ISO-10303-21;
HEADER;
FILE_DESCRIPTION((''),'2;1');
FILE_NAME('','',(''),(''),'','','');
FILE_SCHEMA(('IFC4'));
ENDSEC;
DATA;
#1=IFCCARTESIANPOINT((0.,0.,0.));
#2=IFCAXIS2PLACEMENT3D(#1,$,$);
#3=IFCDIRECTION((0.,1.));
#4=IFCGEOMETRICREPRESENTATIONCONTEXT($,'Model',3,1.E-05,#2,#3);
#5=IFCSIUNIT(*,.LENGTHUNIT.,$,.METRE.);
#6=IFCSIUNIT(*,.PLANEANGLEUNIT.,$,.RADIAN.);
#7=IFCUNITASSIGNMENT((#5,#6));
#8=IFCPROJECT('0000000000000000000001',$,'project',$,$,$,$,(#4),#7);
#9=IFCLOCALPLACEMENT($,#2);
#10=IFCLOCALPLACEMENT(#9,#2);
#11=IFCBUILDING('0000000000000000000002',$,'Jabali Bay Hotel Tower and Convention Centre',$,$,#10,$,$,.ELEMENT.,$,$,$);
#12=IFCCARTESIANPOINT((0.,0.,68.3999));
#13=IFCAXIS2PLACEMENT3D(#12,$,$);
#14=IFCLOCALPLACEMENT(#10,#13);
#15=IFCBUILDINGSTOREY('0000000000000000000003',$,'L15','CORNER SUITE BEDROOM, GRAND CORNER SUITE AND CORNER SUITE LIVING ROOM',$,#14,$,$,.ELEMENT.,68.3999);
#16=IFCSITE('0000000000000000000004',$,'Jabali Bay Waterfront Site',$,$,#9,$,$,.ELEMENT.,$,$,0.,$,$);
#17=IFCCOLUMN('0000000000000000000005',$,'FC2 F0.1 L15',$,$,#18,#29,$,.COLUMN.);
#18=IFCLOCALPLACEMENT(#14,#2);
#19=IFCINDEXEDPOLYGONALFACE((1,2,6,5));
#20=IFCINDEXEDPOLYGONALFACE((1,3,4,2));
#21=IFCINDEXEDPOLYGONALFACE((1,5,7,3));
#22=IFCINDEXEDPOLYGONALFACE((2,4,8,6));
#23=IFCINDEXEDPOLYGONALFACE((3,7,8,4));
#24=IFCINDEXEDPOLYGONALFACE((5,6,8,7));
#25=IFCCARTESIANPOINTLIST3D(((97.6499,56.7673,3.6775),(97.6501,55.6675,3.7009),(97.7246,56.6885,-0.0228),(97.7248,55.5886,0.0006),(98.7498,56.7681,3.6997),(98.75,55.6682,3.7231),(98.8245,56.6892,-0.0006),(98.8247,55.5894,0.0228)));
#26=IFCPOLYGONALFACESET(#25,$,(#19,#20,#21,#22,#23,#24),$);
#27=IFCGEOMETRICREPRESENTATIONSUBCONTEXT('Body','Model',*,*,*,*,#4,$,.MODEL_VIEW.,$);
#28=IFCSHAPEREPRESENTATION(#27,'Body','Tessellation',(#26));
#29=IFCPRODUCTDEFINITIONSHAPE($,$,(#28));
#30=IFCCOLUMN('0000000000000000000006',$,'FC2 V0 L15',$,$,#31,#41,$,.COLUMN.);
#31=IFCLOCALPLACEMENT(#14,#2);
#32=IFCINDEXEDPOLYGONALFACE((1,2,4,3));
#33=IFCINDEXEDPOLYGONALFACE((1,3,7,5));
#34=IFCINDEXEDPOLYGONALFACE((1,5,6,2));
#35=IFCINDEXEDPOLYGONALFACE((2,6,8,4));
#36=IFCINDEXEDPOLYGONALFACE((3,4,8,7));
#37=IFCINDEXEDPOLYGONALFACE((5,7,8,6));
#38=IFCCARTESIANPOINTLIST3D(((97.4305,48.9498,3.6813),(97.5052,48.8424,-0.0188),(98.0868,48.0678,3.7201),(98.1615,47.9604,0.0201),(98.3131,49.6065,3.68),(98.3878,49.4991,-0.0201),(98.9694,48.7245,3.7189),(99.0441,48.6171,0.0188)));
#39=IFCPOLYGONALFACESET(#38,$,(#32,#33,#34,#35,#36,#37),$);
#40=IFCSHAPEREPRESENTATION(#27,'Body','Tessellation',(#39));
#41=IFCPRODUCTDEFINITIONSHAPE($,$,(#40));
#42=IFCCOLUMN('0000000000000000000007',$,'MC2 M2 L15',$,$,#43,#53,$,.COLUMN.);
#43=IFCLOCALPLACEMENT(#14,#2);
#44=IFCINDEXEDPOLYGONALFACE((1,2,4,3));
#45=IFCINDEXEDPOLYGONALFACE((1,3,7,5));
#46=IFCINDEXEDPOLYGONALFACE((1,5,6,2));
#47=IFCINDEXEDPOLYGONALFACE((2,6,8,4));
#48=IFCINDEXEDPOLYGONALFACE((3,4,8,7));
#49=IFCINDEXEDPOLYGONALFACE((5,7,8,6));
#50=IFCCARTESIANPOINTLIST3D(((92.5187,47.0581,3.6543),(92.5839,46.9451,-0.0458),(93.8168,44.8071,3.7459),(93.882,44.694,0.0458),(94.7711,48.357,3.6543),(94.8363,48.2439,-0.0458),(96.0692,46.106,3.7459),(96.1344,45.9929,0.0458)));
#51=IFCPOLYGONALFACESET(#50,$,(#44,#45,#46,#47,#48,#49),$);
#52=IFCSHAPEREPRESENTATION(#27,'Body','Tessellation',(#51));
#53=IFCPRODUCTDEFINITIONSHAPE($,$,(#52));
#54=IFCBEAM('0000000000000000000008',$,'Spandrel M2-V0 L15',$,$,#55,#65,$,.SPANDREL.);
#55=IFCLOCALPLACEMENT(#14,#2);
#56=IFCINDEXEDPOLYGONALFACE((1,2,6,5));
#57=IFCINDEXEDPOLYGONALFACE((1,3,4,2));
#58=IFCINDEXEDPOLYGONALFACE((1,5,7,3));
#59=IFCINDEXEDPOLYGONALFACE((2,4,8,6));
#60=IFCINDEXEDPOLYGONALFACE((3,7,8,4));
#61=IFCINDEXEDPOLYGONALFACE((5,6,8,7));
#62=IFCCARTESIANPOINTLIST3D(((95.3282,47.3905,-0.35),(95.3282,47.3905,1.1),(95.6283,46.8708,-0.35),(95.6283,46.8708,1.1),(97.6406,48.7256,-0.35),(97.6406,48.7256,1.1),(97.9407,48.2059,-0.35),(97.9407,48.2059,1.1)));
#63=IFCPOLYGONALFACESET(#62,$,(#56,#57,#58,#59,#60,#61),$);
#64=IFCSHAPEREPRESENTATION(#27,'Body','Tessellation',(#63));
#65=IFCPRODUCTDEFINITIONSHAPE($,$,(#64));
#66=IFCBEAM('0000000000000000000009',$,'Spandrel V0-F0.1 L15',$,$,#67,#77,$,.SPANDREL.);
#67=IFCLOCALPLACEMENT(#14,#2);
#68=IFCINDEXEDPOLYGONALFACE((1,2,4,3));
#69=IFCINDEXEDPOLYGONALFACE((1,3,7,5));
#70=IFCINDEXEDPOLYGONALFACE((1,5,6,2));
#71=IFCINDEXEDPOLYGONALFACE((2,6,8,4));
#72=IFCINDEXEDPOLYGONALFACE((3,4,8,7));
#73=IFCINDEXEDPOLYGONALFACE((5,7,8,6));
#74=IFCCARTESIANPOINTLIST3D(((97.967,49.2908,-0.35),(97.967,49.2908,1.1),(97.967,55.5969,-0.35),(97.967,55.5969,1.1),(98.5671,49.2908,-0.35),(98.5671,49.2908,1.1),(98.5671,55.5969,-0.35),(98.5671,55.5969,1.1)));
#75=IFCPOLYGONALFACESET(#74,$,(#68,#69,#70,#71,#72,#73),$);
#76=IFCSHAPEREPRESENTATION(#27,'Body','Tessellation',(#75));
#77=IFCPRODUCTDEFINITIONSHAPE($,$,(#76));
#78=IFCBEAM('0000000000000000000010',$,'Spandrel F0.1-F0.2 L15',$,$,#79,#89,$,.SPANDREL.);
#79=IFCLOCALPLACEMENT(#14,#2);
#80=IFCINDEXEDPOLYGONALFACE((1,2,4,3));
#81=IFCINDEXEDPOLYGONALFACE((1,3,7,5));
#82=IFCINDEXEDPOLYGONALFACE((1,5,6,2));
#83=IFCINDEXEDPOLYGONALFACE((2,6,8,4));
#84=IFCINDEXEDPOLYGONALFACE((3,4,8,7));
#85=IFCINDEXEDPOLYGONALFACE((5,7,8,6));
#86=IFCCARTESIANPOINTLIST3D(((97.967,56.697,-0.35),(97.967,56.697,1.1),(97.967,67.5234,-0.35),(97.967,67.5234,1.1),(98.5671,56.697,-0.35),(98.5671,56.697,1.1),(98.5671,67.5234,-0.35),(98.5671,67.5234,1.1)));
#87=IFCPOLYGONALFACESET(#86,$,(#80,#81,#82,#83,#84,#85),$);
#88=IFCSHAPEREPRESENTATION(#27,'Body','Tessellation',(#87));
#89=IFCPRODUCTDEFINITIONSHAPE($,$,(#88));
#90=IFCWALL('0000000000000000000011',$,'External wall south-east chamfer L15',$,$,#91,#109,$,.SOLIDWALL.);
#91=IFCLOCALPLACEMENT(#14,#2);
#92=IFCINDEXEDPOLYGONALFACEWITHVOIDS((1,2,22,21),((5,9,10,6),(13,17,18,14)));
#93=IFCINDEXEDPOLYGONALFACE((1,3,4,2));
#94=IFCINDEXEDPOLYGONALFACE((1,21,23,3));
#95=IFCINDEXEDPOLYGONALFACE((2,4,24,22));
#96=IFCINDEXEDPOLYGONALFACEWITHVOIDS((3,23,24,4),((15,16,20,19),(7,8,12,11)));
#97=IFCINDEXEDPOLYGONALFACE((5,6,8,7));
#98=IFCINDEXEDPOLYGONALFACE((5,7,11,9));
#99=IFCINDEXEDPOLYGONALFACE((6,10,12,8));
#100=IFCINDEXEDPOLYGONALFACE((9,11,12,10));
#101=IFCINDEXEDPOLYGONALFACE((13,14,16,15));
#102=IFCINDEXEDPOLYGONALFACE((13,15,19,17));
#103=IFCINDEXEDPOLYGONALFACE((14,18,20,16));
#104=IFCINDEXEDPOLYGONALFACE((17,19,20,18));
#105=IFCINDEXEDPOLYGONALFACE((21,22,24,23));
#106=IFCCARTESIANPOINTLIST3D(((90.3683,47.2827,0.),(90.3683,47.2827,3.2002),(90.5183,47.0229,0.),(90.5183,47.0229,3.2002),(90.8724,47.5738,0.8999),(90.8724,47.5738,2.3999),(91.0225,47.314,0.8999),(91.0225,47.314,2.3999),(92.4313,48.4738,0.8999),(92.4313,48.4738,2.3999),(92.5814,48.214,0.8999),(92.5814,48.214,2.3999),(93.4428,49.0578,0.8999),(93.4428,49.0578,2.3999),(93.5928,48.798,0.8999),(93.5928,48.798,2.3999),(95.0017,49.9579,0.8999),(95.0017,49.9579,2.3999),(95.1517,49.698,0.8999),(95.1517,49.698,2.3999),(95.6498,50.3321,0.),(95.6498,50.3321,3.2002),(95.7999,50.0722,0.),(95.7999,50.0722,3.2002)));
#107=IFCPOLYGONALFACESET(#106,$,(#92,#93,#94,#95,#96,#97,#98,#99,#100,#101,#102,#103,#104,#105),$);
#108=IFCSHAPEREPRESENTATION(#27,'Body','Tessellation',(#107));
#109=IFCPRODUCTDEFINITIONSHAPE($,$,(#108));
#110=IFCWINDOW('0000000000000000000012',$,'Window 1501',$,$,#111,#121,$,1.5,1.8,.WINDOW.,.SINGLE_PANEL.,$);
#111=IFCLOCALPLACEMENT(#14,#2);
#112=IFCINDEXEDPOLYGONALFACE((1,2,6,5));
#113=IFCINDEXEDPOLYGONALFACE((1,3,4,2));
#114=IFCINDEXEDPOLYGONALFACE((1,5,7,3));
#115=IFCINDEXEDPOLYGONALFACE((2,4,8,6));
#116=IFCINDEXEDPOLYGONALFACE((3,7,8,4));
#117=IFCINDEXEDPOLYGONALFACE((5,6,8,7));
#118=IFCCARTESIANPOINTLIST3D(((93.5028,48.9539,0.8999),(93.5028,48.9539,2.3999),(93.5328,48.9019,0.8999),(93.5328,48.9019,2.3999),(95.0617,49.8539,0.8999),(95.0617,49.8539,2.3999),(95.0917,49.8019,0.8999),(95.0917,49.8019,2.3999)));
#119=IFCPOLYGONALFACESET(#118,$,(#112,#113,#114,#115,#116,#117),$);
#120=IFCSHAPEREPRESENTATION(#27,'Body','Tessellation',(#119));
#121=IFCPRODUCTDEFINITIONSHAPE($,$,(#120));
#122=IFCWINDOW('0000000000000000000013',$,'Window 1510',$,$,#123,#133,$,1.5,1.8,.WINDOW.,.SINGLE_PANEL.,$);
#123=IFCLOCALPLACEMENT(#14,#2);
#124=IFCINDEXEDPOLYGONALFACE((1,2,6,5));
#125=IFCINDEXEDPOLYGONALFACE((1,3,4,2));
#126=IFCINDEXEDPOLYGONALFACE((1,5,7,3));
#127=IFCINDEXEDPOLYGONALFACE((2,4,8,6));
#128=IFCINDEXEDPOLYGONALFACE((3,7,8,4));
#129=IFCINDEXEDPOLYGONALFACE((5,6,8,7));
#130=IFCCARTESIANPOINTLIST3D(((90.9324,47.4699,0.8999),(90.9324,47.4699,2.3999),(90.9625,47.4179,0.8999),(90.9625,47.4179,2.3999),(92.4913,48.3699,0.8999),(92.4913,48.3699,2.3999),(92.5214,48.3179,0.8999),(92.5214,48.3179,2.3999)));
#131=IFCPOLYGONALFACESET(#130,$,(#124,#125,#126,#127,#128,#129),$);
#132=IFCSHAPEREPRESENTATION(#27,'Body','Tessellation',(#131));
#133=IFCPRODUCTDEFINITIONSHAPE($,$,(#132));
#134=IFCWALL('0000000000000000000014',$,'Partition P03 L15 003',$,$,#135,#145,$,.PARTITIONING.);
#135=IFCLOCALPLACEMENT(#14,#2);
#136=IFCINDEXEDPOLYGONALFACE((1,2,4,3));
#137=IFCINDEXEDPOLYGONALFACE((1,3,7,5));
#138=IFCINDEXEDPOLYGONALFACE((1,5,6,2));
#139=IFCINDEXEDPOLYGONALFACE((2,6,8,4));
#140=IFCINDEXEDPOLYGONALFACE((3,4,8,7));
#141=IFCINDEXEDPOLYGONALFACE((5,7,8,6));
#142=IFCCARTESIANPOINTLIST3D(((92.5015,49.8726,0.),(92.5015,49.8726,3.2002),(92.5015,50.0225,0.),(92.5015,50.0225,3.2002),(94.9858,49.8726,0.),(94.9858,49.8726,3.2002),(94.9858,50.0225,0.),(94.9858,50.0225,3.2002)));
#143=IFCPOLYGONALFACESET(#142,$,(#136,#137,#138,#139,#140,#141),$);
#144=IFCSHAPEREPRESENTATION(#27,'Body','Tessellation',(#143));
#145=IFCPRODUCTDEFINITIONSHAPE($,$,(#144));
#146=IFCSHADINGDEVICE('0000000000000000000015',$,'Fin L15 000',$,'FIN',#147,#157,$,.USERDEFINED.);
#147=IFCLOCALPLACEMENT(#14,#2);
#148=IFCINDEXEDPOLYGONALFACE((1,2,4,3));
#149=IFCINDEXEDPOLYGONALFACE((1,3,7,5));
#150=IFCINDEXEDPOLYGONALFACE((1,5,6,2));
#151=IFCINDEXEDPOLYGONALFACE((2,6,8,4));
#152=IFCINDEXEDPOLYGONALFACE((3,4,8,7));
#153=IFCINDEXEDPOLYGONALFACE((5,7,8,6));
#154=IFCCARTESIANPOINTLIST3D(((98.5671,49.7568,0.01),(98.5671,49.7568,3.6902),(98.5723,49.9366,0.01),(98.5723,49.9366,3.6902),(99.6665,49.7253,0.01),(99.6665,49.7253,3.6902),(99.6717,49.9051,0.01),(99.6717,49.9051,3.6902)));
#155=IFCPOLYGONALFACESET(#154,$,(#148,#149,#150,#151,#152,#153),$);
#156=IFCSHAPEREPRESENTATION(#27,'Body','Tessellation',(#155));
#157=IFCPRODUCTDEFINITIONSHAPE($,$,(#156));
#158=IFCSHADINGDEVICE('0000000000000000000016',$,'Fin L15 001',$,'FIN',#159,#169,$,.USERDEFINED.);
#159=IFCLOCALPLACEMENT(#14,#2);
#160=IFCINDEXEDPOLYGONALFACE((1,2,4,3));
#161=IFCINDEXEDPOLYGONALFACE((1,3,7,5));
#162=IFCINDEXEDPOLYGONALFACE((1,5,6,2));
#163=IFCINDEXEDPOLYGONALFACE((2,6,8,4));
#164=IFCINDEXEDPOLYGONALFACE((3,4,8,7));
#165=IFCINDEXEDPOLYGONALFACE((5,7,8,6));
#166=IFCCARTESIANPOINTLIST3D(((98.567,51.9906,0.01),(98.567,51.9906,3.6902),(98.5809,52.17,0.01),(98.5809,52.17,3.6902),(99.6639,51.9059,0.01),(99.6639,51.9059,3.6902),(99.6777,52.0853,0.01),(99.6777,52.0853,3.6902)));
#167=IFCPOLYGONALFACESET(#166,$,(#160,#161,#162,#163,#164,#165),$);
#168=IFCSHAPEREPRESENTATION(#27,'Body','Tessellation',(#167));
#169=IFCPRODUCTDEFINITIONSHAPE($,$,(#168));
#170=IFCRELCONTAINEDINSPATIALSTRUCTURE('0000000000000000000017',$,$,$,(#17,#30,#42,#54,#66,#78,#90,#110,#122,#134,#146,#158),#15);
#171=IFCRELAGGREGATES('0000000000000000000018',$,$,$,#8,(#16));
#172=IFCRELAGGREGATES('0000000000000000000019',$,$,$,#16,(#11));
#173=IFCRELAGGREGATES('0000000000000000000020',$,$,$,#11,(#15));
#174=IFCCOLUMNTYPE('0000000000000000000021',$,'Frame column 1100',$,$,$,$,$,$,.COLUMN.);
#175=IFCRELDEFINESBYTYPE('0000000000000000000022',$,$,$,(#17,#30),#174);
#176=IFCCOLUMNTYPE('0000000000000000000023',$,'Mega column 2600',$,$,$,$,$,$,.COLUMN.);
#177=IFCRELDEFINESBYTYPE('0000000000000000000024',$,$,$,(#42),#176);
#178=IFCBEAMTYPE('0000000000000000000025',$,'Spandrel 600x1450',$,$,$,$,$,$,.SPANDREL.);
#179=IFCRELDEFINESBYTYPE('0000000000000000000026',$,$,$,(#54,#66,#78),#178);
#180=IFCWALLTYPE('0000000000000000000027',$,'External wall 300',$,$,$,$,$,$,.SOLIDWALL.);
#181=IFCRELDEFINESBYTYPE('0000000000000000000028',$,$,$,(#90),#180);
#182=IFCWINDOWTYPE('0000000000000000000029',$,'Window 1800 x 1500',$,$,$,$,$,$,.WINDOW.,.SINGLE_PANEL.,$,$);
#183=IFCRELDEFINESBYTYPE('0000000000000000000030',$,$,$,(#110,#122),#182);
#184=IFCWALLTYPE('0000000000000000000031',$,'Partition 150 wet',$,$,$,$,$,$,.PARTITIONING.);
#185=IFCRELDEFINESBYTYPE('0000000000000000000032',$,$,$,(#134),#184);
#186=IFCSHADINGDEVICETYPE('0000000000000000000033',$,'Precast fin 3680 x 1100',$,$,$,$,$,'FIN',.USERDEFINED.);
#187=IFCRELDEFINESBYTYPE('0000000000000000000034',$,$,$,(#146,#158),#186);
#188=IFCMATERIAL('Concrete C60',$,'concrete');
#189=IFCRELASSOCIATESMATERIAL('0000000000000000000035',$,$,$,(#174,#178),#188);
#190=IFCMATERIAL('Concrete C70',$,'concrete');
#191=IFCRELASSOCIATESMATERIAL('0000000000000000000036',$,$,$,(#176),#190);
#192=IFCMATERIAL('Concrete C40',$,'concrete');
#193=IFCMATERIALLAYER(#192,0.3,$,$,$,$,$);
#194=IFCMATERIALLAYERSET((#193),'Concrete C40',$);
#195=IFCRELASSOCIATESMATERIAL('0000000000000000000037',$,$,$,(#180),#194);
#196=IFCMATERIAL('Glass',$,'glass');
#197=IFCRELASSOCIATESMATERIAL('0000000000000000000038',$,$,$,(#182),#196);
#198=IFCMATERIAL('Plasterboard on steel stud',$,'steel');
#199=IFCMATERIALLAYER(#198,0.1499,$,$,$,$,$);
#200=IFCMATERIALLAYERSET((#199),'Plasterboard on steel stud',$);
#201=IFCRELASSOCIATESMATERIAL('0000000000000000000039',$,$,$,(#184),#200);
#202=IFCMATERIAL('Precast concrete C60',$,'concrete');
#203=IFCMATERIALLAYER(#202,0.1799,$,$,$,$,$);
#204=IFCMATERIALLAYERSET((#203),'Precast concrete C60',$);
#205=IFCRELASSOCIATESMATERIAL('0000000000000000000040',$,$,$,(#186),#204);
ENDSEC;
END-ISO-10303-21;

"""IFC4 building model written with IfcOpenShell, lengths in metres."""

from ifc_helpers import new_model, si_unit, direction, frame, frame_2d, origin, origin_2d, place, context, subcontext, project, spatial, rectangle, extrude, material, layer, layer_set, material_profile, profile_set, type_object, element, fill, save


model = new_model("IFC4")

# Units and contexts
model_context = context("Model", 3, precision=1e-05, world=origin(), true_north=direction((0.0, 1.0)))
body_context = subcontext(model_context, "Body", "Model", "MODEL_VIEW")
ifc_project = project(units=[si_unit("LENGTHUNIT", "METRE"), si_unit("PLANEANGLEUNIT", "RADIAN")], contexts=[model_context])

# Site, building, storey
site_placement = place(None, origin())
site = spatial("IfcSite", under=ifc_project, at=site_placement, Name="Jabali Bay Waterfront Site", CompositionType="ELEMENT", RefElevation=0.0)
building_placement = place(site_placement, origin())
building = spatial("IfcBuilding", under=site, at=building_placement, Name="Jabali Bay Hotel Tower and Convention Centre", CompositionType="ELEMENT")
storey_placement = place(building_placement, frame((0.0, 0.0, 68.3999)))
storey = spatial("IfcBuildingStorey", under=building, at=storey_placement, Name="L15", Description="CORNER SUITE BEDROOM, GRAND CORNER SUITE AND CORNER SUITE LIVING ROOM", CompositionType="ELEMENT", Elevation=68.3999)

# Columns
ifc_material_1 = material(Name="Concrete C60", Category="concrete")
ifc_material_profile_1 = material_profile(ifc_material_1, rectangle(XDim=1.1001, YDim=1.1001, at=origin_2d()), Name="Frame column 1100")
ifc_profile_set_1 = profile_set([ifc_material_profile_1], Name="Concrete C60")
column_type_1 = type_object("IfcColumnType", Name="Frame column 1100", PredefinedType="COLUMN", material=ifc_profile_set_1)
column_1_placement = place(storey_placement, frame((98.2747, 56.1389, 0.0), z_axis=(-0.020181, 0.021303, 0.999569), x_axis=(0.000222, -0.999773, 0.021311)))
element("IfcColumn", 1, at=column_1_placement, inside=storey, type_object=column_type_1, Name="FC2 F0.1 L15", PredefinedType="COLUMN", context=body_context, shape_type="SweptSolid", body=[
    extrude(rectangle(XDim=1.1001, YDim=1.1001, at=origin_2d()), origin(), (0.0, 0.0, 1.0), 3.7019),
])
column_2_placement = place(storey_placement, frame((98.2747, 48.7297, 0.0), z_axis=(-0.020177, 0.029013, 0.999375), x_axis=(-0.802295, -0.596927, 0.001131)))
element("IfcColumn", 2, at=column_2_placement, inside=storey, type_object=column_type_1, Name="FC2 V0 L15", PredefinedType="COLUMN", context=body_context, shape_type="SweptSolid", body=[
    extrude(rectangle(XDim=1.1001, YDim=1.1001, at=origin_2d()), origin(), (0.0, 0.0, 1.0), 3.7024),
])
ifc_material_2 = material(Name="Concrete C70", Category="concrete")
ifc_material_profile_2 = material_profile(ifc_material_2, rectangle(XDim=2.6001, YDim=2.6001, at=origin_2d()), Name="Mega column 2600")
ifc_profile_set_2 = profile_set([ifc_material_profile_2], Name="Concrete C70")
column_type_2 = type_object("IfcColumnType", Name="Mega column 2600", PredefinedType="COLUMN", material=ifc_profile_set_2)
column_3_placement = place(storey_placement, frame((94.3591, 46.469, 0.0), z_axis=(-0.017606, 0.03053, 0.999379), x_axis=(0.499244, -0.865744, 0.035243)))
element("IfcColumn", 3, at=column_3_placement, inside=storey, type_object=column_type_2, Name="MC2 M2 L15", PredefinedType="COLUMN", context=body_context, shape_type="SweptSolid", body=[
    extrude(rectangle(XDim=2.6001, YDim=2.6001, at=origin_2d()), origin(), (0.0, 0.0, 1.0), 3.7024),
])

# Beams
ifc_material_profile_3 = material_profile(ifc_material_1, rectangle(XDim=0.6001, YDim=1.45, at=origin_2d()), Name="Spandrel 600x1450")
ifc_profile_set_3 = profile_set([ifc_material_profile_3], Name="Concrete C60")
beam_type = type_object("IfcBeamType", Name="Spandrel 600x1450", PredefinedType="SPANDREL", material=ifc_profile_set_3)
beam_1_placement = place(storey_placement, frame((95.4783, 47.1306, 0.375), z_axis=(0.866012, 0.500023, 0.0), x_axis=(-0.500023, 0.866012, 0.0)))
element("IfcBeam", 4, at=beam_1_placement, inside=storey, type_object=beam_type, Name="Spandrel M2-V0 L15", PredefinedType="SPANDREL", context=body_context, shape_type="SweptSolid", body=[
    extrude(rectangle(XDim=0.6001, YDim=1.45, at=origin_2d()), origin(), (0.0, 0.0, 1.0), 2.6702),
])
beam_2_placement = place(storey_placement, frame((98.2671, 49.2908, 0.375), z_axis=(0.0, 1.0, 0.0), x_axis=(-1.0, 0.0, 0.0)))
element("IfcBeam", 5, at=beam_2_placement, inside=storey, type_object=beam_type, Name="Spandrel V0-F0.1 L15", PredefinedType="SPANDREL", context=body_context, shape_type="SweptSolid", body=[
    extrude(rectangle(XDim=0.6001, YDim=1.45, at=origin_2d()), origin(), (0.0, 0.0, 1.0), 6.3062),
])
beam_3_placement = place(storey_placement, frame((98.2671, 56.697, 0.375), z_axis=(0.0, 1.0, 0.0), x_axis=(-1.0, 0.0, 0.0)))
element("IfcBeam", 6, at=beam_3_placement, inside=storey, type_object=beam_type, Name="Spandrel F0.1-F0.2 L15", PredefinedType="SPANDREL", context=body_context, shape_type="SweptSolid", body=[
    extrude(rectangle(XDim=0.6001, YDim=1.45, at=origin_2d()), origin(), (0.0, 0.0, 1.0), 10.8264),
])

# Wall, openings, windows
ifc_material_3 = material(Name="Concrete C40", Category="concrete")
ifc_layer_1 = layer(ifc_material_3, 0.3)
ifc_layer_set_1 = layer_set([ifc_layer_1], Name="Concrete C40")
wall_type_1 = type_object("IfcWallType", Name="External wall 300", PredefinedType="SOLIDWALL", material=ifc_layer_set_1)
wall_1_placement = place(storey_placement, frame((95.7249, 50.2021, 0.0), z_axis=(0.0, 0.0, 1.0), x_axis=(-0.866022, -0.500005, 0.0)))
wall_1 = element("IfcWall", 7, at=wall_1_placement, inside=storey, type_object=wall_type_1, Name="External wall south-east chamfer L15", PredefinedType="SOLIDWALL", context=body_context, shape_type="SweptSolid", body=[
    extrude(rectangle(XDim=6.0986, YDim=0.3, at=frame_2d((3.0493, 0.0))), origin(), (0.0, 0.0, 1.0), 3.2002),
])
opening_1_placement = place(wall_1_placement, frame((0.7485, 0.0, 0.8999)))
opening_1 = element("IfcOpeningElement", 8, at=opening_1_placement, cuts=wall_1, PredefinedType="OPENING", context=body_context, shape_type="SweptSolid", body=[
    extrude(rectangle(XDim=1.8, YDim=1.5, at=frame_2d((0.8999, 0.75))), frame((0.0, 0.1606, 0.0), z_axis=(0.0, -1.0, 0.0), x_axis=(1.0, 0.0, 0.0)), (0.0, 0.0, 1.0), 0.321),
])
opening_2_placement = place(wall_1_placement, frame((3.7166, 0.0, 0.8999)))
opening_2 = element("IfcOpeningElement", 9, at=opening_2_placement, cuts=wall_1, PredefinedType="OPENING", context=body_context, shape_type="SweptSolid", body=[
    extrude(rectangle(XDim=1.8, YDim=1.5, at=frame_2d((0.8999, 0.75))), frame((0.0, 0.1606, 0.0), z_axis=(0.0, -1.0, 0.0), x_axis=(1.0, 0.0, 0.0)), (0.0, 0.0, 1.0), 0.321),
])
ifc_material_4 = material(Name="Glass", Category="glass")
window_type = type_object("IfcWindowType", Name="Window 1800 x 1500", PartitioningType="SINGLE_PANEL", PredefinedType="WINDOW", material=ifc_material_4)
window_1_placement = place(opening_1_placement, origin())
window_1 = element("IfcWindow", 10, at=window_1_placement, inside=storey, type_object=window_type, Name="Window 1501", OverallHeight=1.5, OverallWidth=1.8, PartitioningType="SINGLE_PANEL", PredefinedType="WINDOW", context=body_context, shape_type="SweptSolid", body=[
    extrude(rectangle(XDim=1.8, YDim=1.5, at=frame_2d((0.8999, 0.75))), frame((0.0, 0.03, 0.0), z_axis=(0.0, -1.0, 0.0), x_axis=(1.0, 0.0, 0.0)), (0.0, 0.0, 1.0), 0.0601),
])
fill(opening_1, window_1)
window_2_placement = place(opening_2_placement, origin())
window_2 = element("IfcWindow", 11, at=window_2_placement, inside=storey, type_object=window_type, Name="Window 1510", OverallHeight=1.5, OverallWidth=1.8, PartitioningType="SINGLE_PANEL", PredefinedType="WINDOW", context=body_context, shape_type="SweptSolid", body=[
    extrude(rectangle(XDim=1.8, YDim=1.5, at=frame_2d((0.8999, 0.75))), frame((0.0, 0.03, 0.0), z_axis=(0.0, -1.0, 0.0), x_axis=(1.0, 0.0, 0.0)), (0.0, 0.0, 1.0), 0.0601),
])
fill(opening_2, window_2)

# Wall
ifc_material_5 = material(Name="Plasterboard on steel stud", Category="steel")
ifc_layer_2 = layer(ifc_material_5, 0.1499)
ifc_layer_set_2 = layer_set([ifc_layer_2], Name="Plasterboard on steel stud")
wall_type_2 = type_object("IfcWallType", Name="Partition 150 wet", PredefinedType="PARTITIONING", material=ifc_layer_set_2)
wall_2_placement = place(storey_placement, frame((94.9858, 49.9475, 0.0), z_axis=(0.0, 0.0, 1.0), x_axis=(-1.0, 0.0, 0.0)))
element("IfcWall", 12, at=wall_2_placement, inside=storey, type_object=wall_type_2, Name="Partition P03 L15 003", PredefinedType="PARTITIONING", context=body_context, shape_type="SweptSolid", body=[
    extrude(rectangle(XDim=2.4844, YDim=0.1499, at=frame_2d((1.2422, 0.0))), origin(), (0.0, 0.0, 1.0), 3.2002),
])

# Shading devices
ifc_material_6 = material(Name="Precast concrete C60", Category="concrete")
ifc_layer_3 = layer(ifc_material_6, 0.1799)
ifc_layer_set_3 = layer_set([ifc_layer_3], Name="Precast concrete C60")
shading_device_type_1 = type_object("IfcShadingDeviceType", Name="Precast fin 3680 x 1100", ElementType="FIN", PredefinedType="USERDEFINED", material=ifc_layer_set_3)
shading_device_placement = place(storey_placement, frame((98.5698, 49.8467, 0.01), z_axis=(0.0, 0.0, 1.0), x_axis=(0.99959, -0.028636, 0.0)))
element("IfcShadingDevice", 13, at=shading_device_placement, inside=storey, type_object=shading_device_type_1, Name="Fin L15 000", ObjectType="FIN", PredefinedType="USERDEFINED", context=body_context, shape_type="SweptSolid", body=[
    extrude(rectangle(XDim=1.0999, YDim=0.1799, at=frame_2d((0.5498, 0.0))), origin(), (0.0, 0.0, 1.0), 3.6802),
])
for number, where, z_axis, x_axis, name in (
    (14, (98.574, 52.0803, 0.01), (0.0, 0.0, 1.0), (0.997031, -0.077002, 0.0), "Fin L15 001"),
):
    element("IfcShadingDevice", number, at=place(storey_placement, frame(where, z_axis=z_axis, x_axis=x_axis)), inside=storey, type_object=shading_device_type_1, Name=name, ObjectType="FIN", PredefinedType="USERDEFINED", context=body_context, shape_type="SweptSolid", body=[
        extrude(rectangle(XDim=1.1001, YDim=0.1799, at=frame_2d((0.55, 0.0))), origin(), (0.0, 0.0, 1.0), 3.6802),
    ])

save(model, "model.ifc")
